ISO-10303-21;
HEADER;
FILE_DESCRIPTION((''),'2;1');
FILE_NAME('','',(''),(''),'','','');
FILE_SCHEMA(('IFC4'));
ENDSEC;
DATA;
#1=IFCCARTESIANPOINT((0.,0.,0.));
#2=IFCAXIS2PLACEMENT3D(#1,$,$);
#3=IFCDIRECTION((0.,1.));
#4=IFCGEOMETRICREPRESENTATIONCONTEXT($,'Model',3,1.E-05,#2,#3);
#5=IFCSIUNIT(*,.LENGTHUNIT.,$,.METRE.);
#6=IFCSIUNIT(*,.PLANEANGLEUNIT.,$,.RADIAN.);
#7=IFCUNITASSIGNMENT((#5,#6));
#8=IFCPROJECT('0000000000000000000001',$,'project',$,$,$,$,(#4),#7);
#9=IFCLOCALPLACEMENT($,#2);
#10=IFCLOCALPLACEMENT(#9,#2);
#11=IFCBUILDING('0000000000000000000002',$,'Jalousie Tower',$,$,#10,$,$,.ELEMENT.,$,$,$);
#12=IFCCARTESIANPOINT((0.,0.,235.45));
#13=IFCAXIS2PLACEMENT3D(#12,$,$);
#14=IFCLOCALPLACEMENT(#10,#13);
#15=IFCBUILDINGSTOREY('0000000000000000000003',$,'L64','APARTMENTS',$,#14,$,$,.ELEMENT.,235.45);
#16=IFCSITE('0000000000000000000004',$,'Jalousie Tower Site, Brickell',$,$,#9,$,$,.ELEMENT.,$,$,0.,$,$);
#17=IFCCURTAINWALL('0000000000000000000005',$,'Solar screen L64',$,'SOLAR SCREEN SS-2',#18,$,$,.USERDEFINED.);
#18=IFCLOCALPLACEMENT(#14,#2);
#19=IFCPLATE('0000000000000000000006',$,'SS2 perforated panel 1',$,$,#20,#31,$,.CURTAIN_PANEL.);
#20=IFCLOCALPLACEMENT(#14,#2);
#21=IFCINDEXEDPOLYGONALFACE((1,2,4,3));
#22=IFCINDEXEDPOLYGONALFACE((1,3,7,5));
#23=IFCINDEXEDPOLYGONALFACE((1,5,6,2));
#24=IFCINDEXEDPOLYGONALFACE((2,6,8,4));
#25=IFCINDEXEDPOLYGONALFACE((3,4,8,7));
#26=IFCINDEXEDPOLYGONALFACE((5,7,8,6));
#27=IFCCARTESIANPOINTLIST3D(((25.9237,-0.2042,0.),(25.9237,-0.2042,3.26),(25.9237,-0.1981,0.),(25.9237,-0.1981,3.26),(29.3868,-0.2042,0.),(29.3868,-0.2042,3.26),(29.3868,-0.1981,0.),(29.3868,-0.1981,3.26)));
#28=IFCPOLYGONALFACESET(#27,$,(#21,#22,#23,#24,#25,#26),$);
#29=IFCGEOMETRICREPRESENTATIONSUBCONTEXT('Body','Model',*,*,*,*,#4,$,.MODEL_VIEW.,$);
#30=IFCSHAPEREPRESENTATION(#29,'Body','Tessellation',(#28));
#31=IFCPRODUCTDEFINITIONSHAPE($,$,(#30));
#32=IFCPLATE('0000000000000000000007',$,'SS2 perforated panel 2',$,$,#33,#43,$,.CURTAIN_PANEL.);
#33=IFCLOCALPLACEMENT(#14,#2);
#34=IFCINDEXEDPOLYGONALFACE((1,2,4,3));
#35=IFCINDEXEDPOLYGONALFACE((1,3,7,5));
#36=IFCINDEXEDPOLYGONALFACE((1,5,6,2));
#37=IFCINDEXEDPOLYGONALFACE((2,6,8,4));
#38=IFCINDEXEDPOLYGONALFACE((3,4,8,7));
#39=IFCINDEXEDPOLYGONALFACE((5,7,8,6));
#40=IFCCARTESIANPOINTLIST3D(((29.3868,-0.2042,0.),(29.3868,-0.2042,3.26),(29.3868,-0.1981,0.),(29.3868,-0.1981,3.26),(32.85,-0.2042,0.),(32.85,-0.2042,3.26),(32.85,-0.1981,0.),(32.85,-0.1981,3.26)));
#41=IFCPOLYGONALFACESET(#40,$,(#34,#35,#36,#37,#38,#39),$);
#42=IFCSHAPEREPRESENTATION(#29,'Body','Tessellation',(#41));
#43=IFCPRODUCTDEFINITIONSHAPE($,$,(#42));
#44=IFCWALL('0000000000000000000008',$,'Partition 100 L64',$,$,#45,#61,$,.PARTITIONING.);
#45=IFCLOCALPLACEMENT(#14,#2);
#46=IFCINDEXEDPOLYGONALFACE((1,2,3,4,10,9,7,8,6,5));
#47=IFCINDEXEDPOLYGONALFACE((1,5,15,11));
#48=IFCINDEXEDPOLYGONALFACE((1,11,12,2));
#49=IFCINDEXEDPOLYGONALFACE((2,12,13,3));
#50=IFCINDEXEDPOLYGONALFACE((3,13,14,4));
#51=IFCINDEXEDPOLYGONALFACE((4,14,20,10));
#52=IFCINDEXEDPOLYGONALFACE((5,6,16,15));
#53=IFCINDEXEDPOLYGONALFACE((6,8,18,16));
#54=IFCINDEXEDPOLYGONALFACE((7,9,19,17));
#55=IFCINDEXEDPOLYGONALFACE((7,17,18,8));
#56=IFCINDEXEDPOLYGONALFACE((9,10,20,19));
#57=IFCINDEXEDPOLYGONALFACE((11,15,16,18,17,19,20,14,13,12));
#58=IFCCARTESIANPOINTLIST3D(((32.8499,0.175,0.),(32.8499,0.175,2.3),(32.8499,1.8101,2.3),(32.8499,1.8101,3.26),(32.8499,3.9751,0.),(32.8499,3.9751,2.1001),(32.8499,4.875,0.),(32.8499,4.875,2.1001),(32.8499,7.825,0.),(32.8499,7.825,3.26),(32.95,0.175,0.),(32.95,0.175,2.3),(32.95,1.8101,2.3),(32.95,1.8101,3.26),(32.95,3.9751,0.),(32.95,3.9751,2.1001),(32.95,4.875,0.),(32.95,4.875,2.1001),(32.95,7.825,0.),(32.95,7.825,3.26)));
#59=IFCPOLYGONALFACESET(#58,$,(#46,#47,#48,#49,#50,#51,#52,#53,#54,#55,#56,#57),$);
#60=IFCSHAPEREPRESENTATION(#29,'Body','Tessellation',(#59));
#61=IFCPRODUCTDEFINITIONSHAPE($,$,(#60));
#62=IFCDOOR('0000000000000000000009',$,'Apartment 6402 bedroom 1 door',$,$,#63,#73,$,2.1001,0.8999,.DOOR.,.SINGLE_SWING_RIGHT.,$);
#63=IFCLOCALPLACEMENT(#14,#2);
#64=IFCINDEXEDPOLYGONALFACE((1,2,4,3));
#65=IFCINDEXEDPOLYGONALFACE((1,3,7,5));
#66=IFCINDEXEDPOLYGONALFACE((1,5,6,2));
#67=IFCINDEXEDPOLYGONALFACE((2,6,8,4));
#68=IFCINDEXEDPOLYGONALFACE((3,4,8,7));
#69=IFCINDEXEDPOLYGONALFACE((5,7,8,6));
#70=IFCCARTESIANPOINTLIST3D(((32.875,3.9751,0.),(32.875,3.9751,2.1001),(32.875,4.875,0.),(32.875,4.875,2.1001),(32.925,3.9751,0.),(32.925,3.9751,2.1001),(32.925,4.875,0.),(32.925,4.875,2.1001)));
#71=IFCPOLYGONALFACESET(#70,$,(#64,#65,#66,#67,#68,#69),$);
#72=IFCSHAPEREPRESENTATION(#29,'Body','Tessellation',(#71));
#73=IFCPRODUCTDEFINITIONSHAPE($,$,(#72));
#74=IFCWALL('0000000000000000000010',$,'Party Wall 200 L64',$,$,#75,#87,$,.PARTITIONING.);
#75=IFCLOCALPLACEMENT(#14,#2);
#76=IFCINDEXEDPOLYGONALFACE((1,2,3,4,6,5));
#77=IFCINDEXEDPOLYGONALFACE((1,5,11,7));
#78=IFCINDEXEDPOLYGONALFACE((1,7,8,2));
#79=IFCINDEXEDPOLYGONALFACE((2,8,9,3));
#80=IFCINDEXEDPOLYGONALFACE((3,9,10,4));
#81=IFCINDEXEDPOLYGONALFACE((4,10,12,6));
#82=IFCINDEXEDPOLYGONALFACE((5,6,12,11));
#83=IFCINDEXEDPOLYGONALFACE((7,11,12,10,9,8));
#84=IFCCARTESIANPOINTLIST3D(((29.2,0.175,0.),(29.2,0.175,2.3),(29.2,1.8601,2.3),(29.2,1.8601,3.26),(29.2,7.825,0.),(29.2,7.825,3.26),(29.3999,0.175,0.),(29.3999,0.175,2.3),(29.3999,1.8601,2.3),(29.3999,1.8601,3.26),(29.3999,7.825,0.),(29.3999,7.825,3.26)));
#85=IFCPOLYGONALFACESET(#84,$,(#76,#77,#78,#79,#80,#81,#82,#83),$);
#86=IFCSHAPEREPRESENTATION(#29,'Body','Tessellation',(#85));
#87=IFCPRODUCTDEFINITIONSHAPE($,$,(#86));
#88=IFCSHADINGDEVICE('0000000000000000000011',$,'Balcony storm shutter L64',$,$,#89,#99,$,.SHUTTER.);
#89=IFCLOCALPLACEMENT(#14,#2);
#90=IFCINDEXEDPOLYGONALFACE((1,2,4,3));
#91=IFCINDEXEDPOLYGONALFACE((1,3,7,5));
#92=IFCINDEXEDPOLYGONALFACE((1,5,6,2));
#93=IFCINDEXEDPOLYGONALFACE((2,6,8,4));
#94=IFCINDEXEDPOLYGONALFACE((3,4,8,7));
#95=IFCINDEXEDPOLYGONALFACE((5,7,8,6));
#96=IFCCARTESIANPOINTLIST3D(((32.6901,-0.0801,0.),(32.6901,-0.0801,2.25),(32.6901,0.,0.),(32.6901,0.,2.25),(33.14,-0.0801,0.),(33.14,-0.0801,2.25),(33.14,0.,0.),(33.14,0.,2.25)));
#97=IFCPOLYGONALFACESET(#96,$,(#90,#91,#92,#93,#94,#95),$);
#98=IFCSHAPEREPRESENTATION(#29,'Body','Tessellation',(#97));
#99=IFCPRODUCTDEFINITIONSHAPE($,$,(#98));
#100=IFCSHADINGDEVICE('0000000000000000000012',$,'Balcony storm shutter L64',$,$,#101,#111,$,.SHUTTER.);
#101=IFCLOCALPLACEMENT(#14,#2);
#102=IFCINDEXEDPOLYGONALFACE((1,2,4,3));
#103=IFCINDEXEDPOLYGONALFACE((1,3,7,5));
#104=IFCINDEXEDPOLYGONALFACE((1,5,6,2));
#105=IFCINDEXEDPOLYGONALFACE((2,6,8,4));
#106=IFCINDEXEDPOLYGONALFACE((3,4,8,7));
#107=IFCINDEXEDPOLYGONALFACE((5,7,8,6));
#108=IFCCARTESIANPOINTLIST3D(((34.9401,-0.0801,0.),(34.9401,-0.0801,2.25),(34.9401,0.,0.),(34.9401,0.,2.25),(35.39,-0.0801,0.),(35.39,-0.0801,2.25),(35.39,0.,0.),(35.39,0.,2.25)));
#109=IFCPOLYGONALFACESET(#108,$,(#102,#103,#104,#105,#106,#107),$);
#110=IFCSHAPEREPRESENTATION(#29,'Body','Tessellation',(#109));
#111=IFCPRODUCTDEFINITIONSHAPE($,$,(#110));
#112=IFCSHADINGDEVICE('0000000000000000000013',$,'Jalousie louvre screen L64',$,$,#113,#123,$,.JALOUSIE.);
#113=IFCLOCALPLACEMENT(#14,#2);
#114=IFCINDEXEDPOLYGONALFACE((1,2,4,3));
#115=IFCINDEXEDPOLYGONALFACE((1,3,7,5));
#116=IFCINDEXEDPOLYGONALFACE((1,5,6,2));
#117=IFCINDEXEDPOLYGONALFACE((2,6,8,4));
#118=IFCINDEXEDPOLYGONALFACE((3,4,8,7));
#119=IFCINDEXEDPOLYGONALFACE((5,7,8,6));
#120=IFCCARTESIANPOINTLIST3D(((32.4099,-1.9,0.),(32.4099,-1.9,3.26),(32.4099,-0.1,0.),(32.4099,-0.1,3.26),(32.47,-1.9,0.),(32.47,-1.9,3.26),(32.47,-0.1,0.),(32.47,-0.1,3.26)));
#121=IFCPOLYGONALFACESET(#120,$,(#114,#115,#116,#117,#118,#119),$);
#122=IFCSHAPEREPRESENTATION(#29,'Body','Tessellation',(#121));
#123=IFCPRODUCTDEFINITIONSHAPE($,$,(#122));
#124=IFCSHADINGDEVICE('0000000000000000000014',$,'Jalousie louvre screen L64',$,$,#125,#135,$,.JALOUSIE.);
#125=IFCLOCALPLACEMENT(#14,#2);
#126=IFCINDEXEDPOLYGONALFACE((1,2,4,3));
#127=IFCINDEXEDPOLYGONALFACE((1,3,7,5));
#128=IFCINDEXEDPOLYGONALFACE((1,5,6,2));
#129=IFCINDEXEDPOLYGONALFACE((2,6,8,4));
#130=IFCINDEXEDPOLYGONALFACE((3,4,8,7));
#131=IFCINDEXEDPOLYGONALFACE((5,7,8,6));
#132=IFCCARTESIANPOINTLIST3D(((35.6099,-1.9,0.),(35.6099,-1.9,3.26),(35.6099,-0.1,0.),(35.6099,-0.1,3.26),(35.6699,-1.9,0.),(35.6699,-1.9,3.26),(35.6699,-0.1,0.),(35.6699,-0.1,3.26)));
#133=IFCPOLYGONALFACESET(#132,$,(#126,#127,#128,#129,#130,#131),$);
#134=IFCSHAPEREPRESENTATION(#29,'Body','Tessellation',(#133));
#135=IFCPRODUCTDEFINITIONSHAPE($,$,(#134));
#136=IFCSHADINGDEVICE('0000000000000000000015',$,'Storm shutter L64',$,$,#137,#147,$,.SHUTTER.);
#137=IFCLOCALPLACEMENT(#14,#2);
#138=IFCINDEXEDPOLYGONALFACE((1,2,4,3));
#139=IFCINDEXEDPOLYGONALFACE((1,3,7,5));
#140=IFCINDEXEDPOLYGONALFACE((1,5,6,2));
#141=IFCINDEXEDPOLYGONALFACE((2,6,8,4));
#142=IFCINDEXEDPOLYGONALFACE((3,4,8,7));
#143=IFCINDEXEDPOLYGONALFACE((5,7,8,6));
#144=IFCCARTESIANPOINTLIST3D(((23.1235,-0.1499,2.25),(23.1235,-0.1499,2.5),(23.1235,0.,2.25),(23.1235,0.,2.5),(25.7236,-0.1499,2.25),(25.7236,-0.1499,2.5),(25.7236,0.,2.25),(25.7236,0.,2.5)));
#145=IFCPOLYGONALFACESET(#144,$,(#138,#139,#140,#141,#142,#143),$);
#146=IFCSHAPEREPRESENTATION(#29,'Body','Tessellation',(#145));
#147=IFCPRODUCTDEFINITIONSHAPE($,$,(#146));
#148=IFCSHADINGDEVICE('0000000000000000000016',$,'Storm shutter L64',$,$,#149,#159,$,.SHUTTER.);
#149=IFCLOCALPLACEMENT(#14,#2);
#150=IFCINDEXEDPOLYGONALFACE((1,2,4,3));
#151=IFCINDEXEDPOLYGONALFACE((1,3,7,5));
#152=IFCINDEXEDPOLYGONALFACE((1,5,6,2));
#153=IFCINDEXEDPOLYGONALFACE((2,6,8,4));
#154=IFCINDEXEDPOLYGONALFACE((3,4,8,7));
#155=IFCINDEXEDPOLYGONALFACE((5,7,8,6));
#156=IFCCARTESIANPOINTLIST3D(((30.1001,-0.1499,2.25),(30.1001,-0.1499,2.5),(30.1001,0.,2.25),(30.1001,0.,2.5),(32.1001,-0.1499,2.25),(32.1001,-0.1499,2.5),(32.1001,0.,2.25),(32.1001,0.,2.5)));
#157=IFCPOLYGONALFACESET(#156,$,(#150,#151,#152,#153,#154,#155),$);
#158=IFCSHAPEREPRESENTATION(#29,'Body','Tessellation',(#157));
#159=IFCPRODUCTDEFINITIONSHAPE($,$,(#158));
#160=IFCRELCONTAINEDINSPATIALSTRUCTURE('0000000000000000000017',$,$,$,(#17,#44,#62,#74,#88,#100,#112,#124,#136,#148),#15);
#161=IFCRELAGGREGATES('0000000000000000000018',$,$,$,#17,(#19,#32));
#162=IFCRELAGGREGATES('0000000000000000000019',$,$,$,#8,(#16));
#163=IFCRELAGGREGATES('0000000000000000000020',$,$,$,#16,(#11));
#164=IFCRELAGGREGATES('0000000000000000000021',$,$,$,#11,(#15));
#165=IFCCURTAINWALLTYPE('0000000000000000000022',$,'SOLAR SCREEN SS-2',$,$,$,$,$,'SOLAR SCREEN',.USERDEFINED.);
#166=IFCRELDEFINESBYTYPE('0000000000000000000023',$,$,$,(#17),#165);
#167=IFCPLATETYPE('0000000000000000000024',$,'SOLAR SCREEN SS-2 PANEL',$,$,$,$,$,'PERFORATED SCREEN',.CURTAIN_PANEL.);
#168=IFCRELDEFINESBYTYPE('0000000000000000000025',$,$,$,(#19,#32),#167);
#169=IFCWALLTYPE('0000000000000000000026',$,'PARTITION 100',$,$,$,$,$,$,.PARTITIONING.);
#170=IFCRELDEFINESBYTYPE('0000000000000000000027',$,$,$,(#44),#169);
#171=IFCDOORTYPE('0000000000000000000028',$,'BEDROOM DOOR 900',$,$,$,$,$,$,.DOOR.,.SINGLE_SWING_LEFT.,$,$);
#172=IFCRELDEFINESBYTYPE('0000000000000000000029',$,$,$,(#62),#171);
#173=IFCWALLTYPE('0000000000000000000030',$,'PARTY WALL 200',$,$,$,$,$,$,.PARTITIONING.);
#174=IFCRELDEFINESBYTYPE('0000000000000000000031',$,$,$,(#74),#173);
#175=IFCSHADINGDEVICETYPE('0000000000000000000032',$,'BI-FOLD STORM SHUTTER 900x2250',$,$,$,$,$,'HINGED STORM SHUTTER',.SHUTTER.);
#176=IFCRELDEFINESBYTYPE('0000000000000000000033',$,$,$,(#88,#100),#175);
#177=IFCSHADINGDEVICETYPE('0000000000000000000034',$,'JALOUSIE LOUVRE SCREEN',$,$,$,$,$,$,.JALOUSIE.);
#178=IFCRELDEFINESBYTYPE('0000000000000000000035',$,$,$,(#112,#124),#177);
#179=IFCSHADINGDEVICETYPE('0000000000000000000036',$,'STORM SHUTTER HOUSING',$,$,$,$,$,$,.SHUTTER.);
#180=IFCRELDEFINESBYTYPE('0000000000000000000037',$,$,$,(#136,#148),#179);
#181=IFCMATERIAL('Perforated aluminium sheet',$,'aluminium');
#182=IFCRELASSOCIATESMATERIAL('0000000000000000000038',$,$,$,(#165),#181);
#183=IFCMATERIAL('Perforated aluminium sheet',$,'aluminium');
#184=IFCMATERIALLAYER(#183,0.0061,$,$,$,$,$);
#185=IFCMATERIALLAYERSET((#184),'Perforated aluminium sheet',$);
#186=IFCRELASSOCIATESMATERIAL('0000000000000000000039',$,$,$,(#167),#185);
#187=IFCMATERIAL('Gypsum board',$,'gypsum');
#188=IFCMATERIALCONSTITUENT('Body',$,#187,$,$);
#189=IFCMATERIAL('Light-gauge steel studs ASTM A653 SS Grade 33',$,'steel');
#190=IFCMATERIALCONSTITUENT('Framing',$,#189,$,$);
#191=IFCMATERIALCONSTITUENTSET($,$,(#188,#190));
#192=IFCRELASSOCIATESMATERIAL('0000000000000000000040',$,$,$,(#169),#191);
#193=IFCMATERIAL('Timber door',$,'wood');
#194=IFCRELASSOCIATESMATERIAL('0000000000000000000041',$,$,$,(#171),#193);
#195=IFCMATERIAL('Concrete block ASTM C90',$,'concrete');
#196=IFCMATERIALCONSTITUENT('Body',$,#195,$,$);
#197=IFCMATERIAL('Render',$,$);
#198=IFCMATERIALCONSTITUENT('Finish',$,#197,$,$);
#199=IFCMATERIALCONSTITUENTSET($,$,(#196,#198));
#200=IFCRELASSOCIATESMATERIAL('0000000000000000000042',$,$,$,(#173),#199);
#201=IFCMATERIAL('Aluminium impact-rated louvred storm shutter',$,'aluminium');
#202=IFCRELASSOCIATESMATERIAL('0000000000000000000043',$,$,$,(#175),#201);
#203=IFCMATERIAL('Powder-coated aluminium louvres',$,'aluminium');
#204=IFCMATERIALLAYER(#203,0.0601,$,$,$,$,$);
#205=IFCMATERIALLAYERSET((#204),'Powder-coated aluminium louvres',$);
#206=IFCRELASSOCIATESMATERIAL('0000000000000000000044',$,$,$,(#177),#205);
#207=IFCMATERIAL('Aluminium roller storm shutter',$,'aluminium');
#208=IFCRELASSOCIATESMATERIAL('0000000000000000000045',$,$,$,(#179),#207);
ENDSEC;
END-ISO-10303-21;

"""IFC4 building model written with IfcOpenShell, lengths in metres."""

from ifc_helpers import new_model, si_unit, direction, frame, frame_2d, origin, origin_2d, place, context, subcontext, project, spatial, polyline, rectangle, outline, extrude, material, layer, layer_set, constituent, constituent_set, type_object, element, fill, aggregate, save


model = new_model("IFC4")

# Units and contexts
model_context = context("Model", 3, precision=1e-05, world=origin(), true_north=direction((0.0, 1.0)))
body_context = subcontext(model_context, "Body", "Model", "MODEL_VIEW")
ifc_project = project(units=[si_unit("LENGTHUNIT", "METRE"), si_unit("PLANEANGLEUNIT", "RADIAN")], contexts=[model_context])

# Site, building, storey
site_placement = place(None, origin())
site = spatial("IfcSite", under=ifc_project, at=site_placement, Name="Jalousie Tower Site, Brickell", CompositionType="ELEMENT", RefElevation=0.0)
building_placement = place(site_placement, origin())
building = spatial("IfcBuilding", under=site, at=building_placement, Name="Jalousie Tower", CompositionType="ELEMENT")
storey_placement = place(building_placement, frame((0.0, 0.0, 235.45)))
storey = spatial("IfcBuildingStorey", under=building, at=storey_placement, Name="L64", Description="APARTMENTS", CompositionType="ELEMENT", Elevation=235.45)

# Shared definitions
ifc_material_1 = material(Name="Perforated aluminium sheet", Category="aluminium")
curtain_wall_type = type_object("IfcCurtainWallType", Name="SOLAR SCREEN SS-2", ElementType="SOLAR SCREEN", PredefinedType="USERDEFINED", material=ifc_material_1)

# Curtain wall, plates
curtain_wall_1_placement = place(storey_placement, origin())
curtain_wall_1 = element("IfcCurtainWall", 1, at=curtain_wall_1_placement, inside=storey, type_object=curtain_wall_type, Name="Solar screen L64", ObjectType="SOLAR SCREEN SS-2", PredefinedType="USERDEFINED")
ifc_material_2 = material(Name="Perforated aluminium sheet", Category="aluminium")
ifc_layer_1 = layer(ifc_material_2, 0.0061)
ifc_layer_set_1 = layer_set([ifc_layer_1], Name="Perforated aluminium sheet")
plate_type = type_object("IfcPlateType", Name="SOLAR SCREEN SS-2 PANEL", ElementType="PERFORATED SCREEN", PredefinedType="CURTAIN_PANEL", material=ifc_layer_set_1)
plate_1_placement = place(storey_placement, frame((27.6553, -0.2012, 0.0), z_axis=(0.0, 0.0, 1.0), x_axis=(1.0, 0.0, 0.0)))
plate_1 = element("IfcPlate", 2, at=plate_1_placement, type_object=plate_type, Name="SS2 perforated panel 1", PredefinedType="CURTAIN_PANEL", context=body_context, shape_type="SweptSolid", body=[
    extrude(rectangle(XDim=3.4631, YDim=0.0061, at=origin_2d()), origin(), (0.0, 0.0, 1.0), 3.26),
])
plate_2_placement = place(storey_placement, frame((31.1184, -0.2012, 0.0), z_axis=(0.0, 0.0, 1.0), x_axis=(1.0, 0.0, 0.0)))
plate_2 = element("IfcPlate", 3, at=plate_2_placement, type_object=plate_type, Name="SS2 perforated panel 2", PredefinedType="CURTAIN_PANEL", context=body_context, shape_type="SweptSolid", body=[
    extrude(rectangle(XDim=3.4631, YDim=0.0061, at=origin_2d()), origin(), (0.0, 0.0, 1.0), 3.26),
])
aggregate(curtain_wall_1, [plate_1, plate_2])

# Wall, opening, door
ifc_material_3 = material(Name="Gypsum board", Category="gypsum")
ifc_constituent_1 = constituent(ifc_material_3, Name="Body")
ifc_material_4 = material(Name="Light-gauge steel studs ASTM A653 SS Grade 33", Category="steel")
ifc_constituent_2 = constituent(ifc_material_4, Name="Framing")
ifc_constituent_set_1 = constituent_set(constituents=[ifc_constituent_1, ifc_constituent_2])
wall_type_1 = type_object("IfcWallType", Name="PARTITION 100", PredefinedType="PARTITIONING", material=ifc_constituent_set_1)
wall_1_placement = place(storey_placement, frame((32.8999, 0.175, 0.0), z_axis=(0.0, 0.0, 1.0), x_axis=(0.0, 1.0, 0.0)))
wall_1 = element("IfcWall", 4, at=wall_1_placement, inside=storey, type_object=wall_type_1, Name="Partition 100 L64", PredefinedType="PARTITIONING", context=body_context, shape_type="SweptSolid", body=[
    extrude(outline(polyline([(0.0, 0.0), (7.6499, 0.0), (7.6499, 3.26), (1.635, 3.26), (1.635, 2.3), (0.0, 2.3), (0.0, 3.26), (0.0, 0.0)])), frame((0.0, 0.05, 0.0), z_axis=(0.0, -1.0, 0.0), x_axis=(1.0, 0.0, 0.0)), (0.0, 0.0, 1.0), 0.1001),
])
opening_placement = place(wall_1_placement, frame((3.8, 0.0, 0.0)))
opening = element("IfcOpeningElement", 5, at=opening_placement, cuts=wall_1, PredefinedType="OPENING", context=body_context, shape_type="SweptSolid", body=[
    extrude(rectangle(XDim=0.8999, YDim=2.1001, at=frame_2d((0.45, 1.05))), frame((0.0, 0.0601, 0.0), z_axis=(0.0, -1.0, 0.0), x_axis=(1.0, 0.0, 0.0)), (0.0, 0.0, 1.0), 0.1201),
])
ifc_material_5 = material(Name="Timber door", Category="wood")
door_type = type_object("IfcDoorType", Name="BEDROOM DOOR 900", OperationType="SINGLE_SWING_LEFT", PredefinedType="DOOR", material=ifc_material_5)
door_placement = place(opening_placement, origin())
door = element("IfcDoor", 6, at=door_placement, inside=storey, type_object=door_type, Name="Apartment 6402 bedroom 1 door", OperationType="SINGLE_SWING_RIGHT", OverallHeight=2.1001, OverallWidth=0.8999, PredefinedType="DOOR", context=body_context, shape_type="SweptSolid", body=[
    extrude(rectangle(XDim=0.8999, YDim=2.1001, at=frame_2d((0.45, 1.05))), frame((0.0, 0.0249, 0.0), z_axis=(0.0, -1.0, 0.0), x_axis=(1.0, 0.0, 0.0)), (0.0, 0.0, 1.0), 0.05),
])
fill(opening, door)

# Wall
ifc_material_6 = material(Name="Concrete block ASTM C90", Category="concrete")
ifc_constituent_3 = constituent(ifc_material_6, Name="Body")
ifc_material_7 = material(Name="Render")
ifc_constituent_4 = constituent(ifc_material_7, Name="Finish")
ifc_constituent_set_2 = constituent_set(constituents=[ifc_constituent_3, ifc_constituent_4])
wall_type_2 = type_object("IfcWallType", Name="PARTY WALL 200", PredefinedType="PARTITIONING", material=ifc_constituent_set_2)
wall_2_placement = place(storey_placement, frame((29.3, 0.175, 0.0), z_axis=(0.0, 0.0, 1.0), x_axis=(0.0, 1.0, 0.0)))
element("IfcWall", 7, at=wall_2_placement, inside=storey, type_object=wall_type_2, Name="Party Wall 200 L64", PredefinedType="PARTITIONING", context=body_context, shape_type="SweptSolid", body=[
    extrude(outline(polyline([(0.0, 0.0), (7.6499, 0.0), (7.6499, 3.26), (1.6851, 3.26), (1.6851, 2.3), (0.0, 2.3), (0.0, 3.26), (0.0, 0.0)])), frame((0.0, 0.1001, 0.0), z_axis=(0.0, -1.0, 0.0), x_axis=(1.0, 0.0, 0.0)), (0.0, 0.0, 1.0), 0.2),
])

# Shading devices
ifc_material_8 = material(Name="Aluminium impact-rated louvred storm shutter", Category="aluminium")
shading_device_type_1 = type_object("IfcShadingDeviceType", Name="BI-FOLD STORM SHUTTER 900x2250", ElementType="HINGED STORM SHUTTER", PredefinedType="SHUTTER", material=ifc_material_8)
for number, where, z_axis, x_axis, name in (
    (8, (32.915, -0.04, 0.0), (0.0, 0.0, 1.0), (1.0, 0.0, 0.0), "Balcony storm shutter L64"),
    (9, (35.165, -0.04, 0.0), (0.0, 0.0, 1.0), (1.0, 0.0, 0.0), "Balcony storm shutter L64"),
):
    element("IfcShadingDevice", number, at=place(storey_placement, frame(where, z_axis=z_axis, x_axis=x_axis)), inside=storey, type_object=shading_device_type_1, Name=name, PredefinedType="SHUTTER", context=body_context, shape_type="SweptSolid", body=[
        extrude(rectangle(XDim=0.45, YDim=0.0801, at=origin_2d()), origin(), (0.0, 0.0, 1.0), 2.25),
    ])

# Shading devices
ifc_material_9 = material(Name="Powder-coated aluminium louvres", Category="aluminium")
ifc_layer_2 = layer(ifc_material_9, 0.0601)
ifc_layer_set_2 = layer_set([ifc_layer_2], Name="Powder-coated aluminium louvres")
shading_device_type_2 = type_object("IfcShadingDeviceType", Name="JALOUSIE LOUVRE SCREEN", PredefinedType="JALOUSIE", material=ifc_layer_set_2)
for number, where, z_axis, x_axis, name in (
    (10, (32.4399, -1.0, 0.0), (0.0, 0.0, 1.0), (1.0, 0.0, 0.0), "Jalousie louvre screen L64"),
    (11, (35.6399, -1.0, 0.0), (0.0, 0.0, 1.0), (1.0, 0.0, 0.0), "Jalousie louvre screen L64"),
):
    element("IfcShadingDevice", number, at=place(storey_placement, frame(where, z_axis=z_axis, x_axis=x_axis)), inside=storey, type_object=shading_device_type_2, Name=name, PredefinedType="JALOUSIE", context=body_context, shape_type="SweptSolid", body=[
        extrude(rectangle(XDim=0.0601, YDim=1.8, at=origin_2d()), origin(), (0.0, 0.0, 1.0), 3.26),
    ])
ifc_material_10 = material(Name="Aluminium roller storm shutter", Category="aluminium")
shading_device_type_3 = type_object("IfcShadingDeviceType", Name="STORM SHUTTER HOUSING", PredefinedType="SHUTTER", material=ifc_material_10)
shading_device_1_placement = place(storey_placement, frame((24.4236, -0.075, 2.25), z_axis=(0.0, 0.0, 1.0), x_axis=(1.0, 0.0, 0.0)))
element("IfcShadingDevice", 12, at=shading_device_1_placement, inside=storey, type_object=shading_device_type_3, Name="Storm shutter L64", PredefinedType="SHUTTER", context=body_context, shape_type="SweptSolid", body=[
    extrude(rectangle(XDim=2.6001, YDim=0.1499, at=origin_2d()), origin(), (0.0, 0.0, 1.0), 0.25),
])
shading_device_2_placement = place(storey_placement, frame((31.1001, -0.075, 2.25), z_axis=(0.0, 0.0, 1.0), x_axis=(1.0, 0.0, 0.0)))
element("IfcShadingDevice", 13, at=shading_device_2_placement, inside=storey, type_object=shading_device_type_3, Name="Storm shutter L64", PredefinedType="SHUTTER", context=body_context, shape_type="SweptSolid", body=[
    extrude(rectangle(XDim=2.0, YDim=0.1499, at=origin_2d()), origin(), (0.0, 0.0, 1.0), 0.25),
])

save(model, "model.ifc")
